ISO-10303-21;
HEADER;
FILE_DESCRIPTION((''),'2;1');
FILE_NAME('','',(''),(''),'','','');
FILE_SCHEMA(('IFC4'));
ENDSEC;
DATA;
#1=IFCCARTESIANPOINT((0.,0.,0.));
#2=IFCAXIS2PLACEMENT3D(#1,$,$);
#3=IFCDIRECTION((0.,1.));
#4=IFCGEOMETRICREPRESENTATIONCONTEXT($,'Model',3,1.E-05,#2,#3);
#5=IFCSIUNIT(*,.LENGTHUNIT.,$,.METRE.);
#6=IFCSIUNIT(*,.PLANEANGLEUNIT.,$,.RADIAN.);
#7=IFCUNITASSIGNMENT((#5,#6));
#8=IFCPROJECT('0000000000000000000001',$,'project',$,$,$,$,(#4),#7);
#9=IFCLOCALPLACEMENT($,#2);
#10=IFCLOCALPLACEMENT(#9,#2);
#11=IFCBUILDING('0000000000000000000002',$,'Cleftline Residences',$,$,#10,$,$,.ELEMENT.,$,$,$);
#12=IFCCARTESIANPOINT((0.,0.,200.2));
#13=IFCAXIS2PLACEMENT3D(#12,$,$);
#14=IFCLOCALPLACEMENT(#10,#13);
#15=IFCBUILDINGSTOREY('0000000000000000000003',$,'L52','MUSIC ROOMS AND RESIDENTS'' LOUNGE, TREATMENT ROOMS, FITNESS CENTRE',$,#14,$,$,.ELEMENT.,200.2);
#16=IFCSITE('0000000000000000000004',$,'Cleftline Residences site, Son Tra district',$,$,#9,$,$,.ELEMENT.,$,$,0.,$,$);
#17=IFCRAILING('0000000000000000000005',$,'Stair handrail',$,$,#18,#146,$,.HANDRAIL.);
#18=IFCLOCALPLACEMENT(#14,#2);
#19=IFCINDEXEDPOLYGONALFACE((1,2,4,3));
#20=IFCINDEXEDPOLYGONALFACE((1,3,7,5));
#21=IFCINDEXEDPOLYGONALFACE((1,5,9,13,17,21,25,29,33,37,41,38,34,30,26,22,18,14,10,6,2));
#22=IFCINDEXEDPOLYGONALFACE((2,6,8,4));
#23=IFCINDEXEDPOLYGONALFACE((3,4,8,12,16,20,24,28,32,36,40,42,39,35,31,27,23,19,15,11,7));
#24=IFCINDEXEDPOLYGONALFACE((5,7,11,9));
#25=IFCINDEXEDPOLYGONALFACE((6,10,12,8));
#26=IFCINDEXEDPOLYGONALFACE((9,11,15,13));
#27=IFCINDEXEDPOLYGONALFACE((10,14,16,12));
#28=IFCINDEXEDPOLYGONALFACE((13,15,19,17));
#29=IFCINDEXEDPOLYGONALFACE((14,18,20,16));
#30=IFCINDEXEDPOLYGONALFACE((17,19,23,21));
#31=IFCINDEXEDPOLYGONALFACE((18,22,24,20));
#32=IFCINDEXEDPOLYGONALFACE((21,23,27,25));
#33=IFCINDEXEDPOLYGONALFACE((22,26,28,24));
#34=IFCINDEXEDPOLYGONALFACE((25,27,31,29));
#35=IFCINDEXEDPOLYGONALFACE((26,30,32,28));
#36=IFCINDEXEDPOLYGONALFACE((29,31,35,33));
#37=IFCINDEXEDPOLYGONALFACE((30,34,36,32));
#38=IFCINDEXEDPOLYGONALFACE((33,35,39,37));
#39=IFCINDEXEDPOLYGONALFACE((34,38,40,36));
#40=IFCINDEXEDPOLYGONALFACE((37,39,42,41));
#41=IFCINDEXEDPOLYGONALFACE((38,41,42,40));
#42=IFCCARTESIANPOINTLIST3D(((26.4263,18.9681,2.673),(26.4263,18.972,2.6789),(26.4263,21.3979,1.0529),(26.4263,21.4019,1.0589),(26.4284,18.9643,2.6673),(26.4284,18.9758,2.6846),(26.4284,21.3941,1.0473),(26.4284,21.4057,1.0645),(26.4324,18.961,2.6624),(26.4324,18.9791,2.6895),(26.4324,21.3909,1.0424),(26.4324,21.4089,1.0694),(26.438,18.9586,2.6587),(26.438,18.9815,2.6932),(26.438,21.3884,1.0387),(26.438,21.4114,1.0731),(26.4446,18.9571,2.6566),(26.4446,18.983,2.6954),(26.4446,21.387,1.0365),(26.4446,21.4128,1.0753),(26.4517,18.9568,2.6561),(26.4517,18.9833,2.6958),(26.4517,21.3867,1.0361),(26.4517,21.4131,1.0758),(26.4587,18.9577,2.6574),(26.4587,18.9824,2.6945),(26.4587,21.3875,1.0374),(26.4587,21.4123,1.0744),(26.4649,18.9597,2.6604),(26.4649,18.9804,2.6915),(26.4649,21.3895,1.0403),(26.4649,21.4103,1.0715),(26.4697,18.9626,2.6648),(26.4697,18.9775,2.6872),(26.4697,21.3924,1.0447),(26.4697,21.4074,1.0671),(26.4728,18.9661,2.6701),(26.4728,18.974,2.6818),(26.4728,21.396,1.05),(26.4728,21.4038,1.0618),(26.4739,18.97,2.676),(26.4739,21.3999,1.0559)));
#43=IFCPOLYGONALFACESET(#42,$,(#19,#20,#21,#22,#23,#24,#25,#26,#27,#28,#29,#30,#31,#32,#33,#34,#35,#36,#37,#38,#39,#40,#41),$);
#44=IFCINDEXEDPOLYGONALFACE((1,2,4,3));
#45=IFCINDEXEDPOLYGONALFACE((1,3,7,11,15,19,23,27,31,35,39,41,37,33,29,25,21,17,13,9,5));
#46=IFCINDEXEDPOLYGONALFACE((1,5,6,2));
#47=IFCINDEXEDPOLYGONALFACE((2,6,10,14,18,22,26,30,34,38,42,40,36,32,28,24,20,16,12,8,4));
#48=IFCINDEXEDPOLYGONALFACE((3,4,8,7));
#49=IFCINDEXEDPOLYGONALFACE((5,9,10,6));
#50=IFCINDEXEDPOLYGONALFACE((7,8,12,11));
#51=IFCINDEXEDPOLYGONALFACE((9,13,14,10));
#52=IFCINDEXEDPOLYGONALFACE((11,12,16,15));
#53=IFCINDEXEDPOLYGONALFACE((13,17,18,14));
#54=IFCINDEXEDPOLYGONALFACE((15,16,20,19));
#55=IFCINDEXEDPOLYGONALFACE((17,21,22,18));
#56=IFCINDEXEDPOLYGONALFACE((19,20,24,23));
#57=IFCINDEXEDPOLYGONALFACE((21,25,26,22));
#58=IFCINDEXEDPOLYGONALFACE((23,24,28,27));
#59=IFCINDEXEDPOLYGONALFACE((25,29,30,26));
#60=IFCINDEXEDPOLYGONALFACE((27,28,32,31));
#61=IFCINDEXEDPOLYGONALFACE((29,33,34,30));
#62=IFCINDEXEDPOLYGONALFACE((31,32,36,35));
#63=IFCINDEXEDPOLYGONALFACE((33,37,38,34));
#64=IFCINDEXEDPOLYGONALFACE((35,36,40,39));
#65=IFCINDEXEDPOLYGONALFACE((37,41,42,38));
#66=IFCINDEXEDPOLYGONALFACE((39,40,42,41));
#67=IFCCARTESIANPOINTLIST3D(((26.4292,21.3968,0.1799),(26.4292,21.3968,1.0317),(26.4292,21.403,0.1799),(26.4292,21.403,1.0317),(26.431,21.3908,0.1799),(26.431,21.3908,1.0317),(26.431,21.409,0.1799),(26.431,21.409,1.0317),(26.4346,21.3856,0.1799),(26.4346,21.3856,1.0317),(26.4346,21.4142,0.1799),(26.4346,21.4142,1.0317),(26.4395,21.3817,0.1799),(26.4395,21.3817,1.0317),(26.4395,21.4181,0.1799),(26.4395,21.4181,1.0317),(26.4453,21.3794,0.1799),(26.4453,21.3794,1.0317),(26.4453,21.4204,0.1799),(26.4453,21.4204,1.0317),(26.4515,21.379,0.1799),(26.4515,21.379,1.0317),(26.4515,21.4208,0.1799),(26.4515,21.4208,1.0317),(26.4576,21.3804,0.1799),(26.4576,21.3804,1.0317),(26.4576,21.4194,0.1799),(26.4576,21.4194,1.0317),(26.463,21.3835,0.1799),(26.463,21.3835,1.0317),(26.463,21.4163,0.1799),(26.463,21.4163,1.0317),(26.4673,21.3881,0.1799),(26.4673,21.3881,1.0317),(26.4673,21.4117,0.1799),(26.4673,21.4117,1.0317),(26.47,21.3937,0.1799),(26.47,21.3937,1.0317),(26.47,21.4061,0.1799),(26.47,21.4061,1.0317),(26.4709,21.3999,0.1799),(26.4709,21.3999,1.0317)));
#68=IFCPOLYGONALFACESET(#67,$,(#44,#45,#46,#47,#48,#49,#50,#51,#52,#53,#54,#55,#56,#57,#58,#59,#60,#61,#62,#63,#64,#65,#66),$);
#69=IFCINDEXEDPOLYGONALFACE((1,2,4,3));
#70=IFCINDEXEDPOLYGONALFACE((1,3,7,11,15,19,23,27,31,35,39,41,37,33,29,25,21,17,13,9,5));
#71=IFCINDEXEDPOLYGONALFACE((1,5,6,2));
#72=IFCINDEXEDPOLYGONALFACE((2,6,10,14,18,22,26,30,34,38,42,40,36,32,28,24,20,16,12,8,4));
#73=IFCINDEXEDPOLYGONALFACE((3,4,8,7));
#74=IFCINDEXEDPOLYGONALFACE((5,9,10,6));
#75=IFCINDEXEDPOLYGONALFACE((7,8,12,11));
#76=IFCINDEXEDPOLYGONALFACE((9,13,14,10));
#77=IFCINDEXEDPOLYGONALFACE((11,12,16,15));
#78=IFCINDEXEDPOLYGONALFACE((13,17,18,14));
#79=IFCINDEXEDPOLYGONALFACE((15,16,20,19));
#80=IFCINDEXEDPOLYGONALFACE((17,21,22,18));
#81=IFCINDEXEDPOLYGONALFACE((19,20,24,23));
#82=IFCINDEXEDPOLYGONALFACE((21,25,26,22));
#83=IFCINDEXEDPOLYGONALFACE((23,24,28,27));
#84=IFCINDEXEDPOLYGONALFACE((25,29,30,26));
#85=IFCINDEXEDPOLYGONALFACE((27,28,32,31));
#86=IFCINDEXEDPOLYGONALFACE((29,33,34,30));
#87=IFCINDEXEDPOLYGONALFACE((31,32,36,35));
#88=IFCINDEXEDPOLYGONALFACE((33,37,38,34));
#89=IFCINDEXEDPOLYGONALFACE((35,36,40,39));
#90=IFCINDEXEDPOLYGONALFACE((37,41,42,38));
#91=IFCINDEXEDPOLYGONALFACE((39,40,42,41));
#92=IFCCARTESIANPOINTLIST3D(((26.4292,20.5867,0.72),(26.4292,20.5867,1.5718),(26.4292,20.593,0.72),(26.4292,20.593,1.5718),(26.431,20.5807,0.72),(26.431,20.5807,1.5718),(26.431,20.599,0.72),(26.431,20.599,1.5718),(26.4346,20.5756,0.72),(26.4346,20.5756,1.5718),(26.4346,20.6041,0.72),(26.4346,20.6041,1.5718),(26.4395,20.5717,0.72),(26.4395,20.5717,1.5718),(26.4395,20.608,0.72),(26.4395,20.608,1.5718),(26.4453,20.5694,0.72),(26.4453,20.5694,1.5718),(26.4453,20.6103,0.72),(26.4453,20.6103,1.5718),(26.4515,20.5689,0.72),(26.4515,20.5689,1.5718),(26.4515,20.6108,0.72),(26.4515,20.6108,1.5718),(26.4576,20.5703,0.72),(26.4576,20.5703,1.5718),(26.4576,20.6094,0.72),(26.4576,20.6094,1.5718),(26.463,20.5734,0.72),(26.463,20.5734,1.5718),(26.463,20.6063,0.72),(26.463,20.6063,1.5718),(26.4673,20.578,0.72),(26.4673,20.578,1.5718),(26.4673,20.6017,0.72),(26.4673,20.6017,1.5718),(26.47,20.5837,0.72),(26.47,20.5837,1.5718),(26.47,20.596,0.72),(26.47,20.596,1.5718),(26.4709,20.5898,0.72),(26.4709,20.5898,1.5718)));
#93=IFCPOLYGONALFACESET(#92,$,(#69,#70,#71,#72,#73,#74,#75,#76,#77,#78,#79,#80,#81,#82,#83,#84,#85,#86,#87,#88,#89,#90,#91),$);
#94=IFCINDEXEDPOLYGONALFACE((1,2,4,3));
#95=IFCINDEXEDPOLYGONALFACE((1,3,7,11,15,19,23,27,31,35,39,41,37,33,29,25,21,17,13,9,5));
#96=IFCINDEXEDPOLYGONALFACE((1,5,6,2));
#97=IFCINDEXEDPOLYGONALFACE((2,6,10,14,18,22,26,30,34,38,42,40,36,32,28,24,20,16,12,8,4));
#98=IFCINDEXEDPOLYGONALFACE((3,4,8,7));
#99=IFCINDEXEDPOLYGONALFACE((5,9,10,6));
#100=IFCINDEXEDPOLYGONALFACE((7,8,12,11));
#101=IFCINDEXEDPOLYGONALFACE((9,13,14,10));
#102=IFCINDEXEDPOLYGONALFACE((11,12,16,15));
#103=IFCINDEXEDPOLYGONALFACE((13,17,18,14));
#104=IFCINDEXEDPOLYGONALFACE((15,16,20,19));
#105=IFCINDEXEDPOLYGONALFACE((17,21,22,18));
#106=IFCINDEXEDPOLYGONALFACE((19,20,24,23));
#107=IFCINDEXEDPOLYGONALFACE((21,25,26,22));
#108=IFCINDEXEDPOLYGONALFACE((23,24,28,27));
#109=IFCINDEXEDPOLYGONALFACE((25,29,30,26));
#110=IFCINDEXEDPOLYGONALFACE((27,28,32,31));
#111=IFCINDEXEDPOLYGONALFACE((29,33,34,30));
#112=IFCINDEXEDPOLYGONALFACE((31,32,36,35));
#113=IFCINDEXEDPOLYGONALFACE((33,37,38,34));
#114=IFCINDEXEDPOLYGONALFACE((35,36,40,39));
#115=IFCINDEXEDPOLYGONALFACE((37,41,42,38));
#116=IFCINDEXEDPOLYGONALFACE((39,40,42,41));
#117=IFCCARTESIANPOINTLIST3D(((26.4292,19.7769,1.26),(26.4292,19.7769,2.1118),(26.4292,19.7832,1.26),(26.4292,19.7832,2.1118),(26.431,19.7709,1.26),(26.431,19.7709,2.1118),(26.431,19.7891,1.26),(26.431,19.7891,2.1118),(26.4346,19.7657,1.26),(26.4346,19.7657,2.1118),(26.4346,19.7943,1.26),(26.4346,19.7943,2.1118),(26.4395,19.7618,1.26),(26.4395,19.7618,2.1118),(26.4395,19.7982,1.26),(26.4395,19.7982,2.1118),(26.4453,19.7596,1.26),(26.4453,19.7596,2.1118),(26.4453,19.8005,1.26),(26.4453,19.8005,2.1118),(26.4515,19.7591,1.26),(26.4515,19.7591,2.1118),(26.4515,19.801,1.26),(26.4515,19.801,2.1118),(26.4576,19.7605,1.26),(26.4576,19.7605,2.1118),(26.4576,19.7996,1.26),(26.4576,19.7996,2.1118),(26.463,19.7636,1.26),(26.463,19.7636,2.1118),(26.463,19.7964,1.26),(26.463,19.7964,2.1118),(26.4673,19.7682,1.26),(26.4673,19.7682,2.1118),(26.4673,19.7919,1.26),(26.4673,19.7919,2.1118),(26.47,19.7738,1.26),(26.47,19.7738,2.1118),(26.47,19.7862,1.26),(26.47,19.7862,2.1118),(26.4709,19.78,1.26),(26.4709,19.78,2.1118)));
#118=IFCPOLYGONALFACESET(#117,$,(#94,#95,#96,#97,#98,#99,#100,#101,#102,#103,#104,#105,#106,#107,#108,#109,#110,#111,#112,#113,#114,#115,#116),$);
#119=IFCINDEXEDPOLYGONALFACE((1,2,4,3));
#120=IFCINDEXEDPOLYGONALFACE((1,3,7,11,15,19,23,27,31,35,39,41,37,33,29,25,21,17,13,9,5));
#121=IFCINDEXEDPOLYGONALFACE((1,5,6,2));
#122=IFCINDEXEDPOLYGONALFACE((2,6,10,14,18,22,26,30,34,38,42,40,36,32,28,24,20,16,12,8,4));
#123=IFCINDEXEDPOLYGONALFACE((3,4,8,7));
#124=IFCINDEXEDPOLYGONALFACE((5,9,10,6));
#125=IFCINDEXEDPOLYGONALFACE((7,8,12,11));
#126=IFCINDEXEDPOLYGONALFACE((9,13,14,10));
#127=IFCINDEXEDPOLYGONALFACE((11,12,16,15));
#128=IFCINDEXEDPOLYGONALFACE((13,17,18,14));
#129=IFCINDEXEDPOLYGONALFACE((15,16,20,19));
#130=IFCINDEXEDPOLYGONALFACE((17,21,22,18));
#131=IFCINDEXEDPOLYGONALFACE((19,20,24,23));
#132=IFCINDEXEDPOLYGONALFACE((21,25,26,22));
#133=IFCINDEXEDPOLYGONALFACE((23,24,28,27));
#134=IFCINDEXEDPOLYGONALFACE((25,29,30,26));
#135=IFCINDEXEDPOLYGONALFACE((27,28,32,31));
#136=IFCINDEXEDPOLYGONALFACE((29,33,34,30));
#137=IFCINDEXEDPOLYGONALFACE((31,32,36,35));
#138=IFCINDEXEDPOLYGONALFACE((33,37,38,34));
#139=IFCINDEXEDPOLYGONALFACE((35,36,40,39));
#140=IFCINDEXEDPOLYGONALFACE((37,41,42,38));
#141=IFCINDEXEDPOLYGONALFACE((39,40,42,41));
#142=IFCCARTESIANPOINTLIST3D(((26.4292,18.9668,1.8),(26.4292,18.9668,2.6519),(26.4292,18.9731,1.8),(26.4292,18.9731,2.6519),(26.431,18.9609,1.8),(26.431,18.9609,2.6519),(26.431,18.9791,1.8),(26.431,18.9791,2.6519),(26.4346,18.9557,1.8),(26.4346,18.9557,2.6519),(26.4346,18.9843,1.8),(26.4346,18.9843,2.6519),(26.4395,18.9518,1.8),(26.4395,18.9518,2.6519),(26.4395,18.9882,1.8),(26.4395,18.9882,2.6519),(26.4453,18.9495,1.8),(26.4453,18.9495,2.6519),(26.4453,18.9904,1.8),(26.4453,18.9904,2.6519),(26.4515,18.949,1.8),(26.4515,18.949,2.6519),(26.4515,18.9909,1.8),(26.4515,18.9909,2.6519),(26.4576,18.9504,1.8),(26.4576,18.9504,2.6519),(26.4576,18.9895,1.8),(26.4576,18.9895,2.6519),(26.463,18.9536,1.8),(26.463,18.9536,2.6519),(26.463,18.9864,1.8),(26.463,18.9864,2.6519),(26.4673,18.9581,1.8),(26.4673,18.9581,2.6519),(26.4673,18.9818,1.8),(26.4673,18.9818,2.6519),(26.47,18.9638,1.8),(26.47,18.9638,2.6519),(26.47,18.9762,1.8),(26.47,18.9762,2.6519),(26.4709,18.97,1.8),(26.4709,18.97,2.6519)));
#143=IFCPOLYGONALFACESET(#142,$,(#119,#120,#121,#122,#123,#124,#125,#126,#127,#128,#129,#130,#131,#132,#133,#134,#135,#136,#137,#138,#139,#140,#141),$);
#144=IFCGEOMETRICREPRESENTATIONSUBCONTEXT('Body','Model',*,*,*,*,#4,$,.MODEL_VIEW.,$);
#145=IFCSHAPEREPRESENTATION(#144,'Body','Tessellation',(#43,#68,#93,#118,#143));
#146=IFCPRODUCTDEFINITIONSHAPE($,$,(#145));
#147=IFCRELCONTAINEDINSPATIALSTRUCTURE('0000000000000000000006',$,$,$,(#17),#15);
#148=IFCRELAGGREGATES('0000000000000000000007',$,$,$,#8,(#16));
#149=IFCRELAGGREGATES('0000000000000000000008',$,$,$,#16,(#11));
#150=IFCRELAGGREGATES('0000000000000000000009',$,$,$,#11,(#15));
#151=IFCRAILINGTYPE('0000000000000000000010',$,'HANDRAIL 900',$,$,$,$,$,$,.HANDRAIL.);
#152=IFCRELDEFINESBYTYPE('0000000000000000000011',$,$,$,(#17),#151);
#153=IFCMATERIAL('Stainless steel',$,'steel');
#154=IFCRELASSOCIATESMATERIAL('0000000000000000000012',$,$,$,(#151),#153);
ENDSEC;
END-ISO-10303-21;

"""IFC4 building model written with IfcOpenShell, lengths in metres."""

from ifc_helpers import new_model, si_unit, direction, frame, origin, origin_2d, place, context, subcontext, project, spatial, circle, extrude, material, type_object, element, save


model = new_model("IFC4")

# Units and contexts
model_context = context("Model", 3, precision=1e-05, world=origin(), true_north=direction((0.0, 1.0)))
body_context = subcontext(model_context, "Body", "Model", "MODEL_VIEW")
ifc_project = project(units=[si_unit("LENGTHUNIT", "METRE"), si_unit("PLANEANGLEUNIT", "RADIAN")], contexts=[model_context])

# Site, building, storey
site_placement = place(None, origin())
site = spatial("IfcSite", under=ifc_project, at=site_placement, Name="Cleftline Residences site, Son Tra district", CompositionType="ELEMENT", RefElevation=0.0)
building_placement = place(site_placement, origin())
building = spatial("IfcBuilding", under=site, at=building_placement, Name="Cleftline Residences", CompositionType="ELEMENT")
storey_placement = place(building_placement, frame((0.0, 0.0, 200.2)))
storey = spatial("IfcBuildingStorey", under=building, at=storey_placement, Name="L52", Description="MUSIC ROOMS AND RESIDENTS' LOUNGE, TREATMENT ROOMS, FITNESS CENTRE", CompositionType="ELEMENT", Elevation=200.2)

# Railing
ifc_material_1 = material(Name="Stainless steel", Category="steel")
railing_type = type_object("IfcRailingType", Name="HANDRAIL 900", PredefinedType="HANDRAIL", material=ifc_material_1)
railing_1_placement = place(storey_placement, frame((26.45, 21.3999, 0.1799)))
element("IfcRailing", 1, at=railing_1_placement, inside=storey, type_object=railing_type, Name="Stair handrail", PredefinedType="HANDRAIL", context=body_context, shape_type="SweptSolid", body=[
    extrude(circle(Radius=0.0239, at=origin_2d()), frame((0.0, 0.0, 0.876), z_axis=(0.0, -0.832025, 0.554739), x_axis=(1.0, 0.0, 0.0)), (0.0, 0.0, 1.0), 2.9204),
    extrude(circle(Radius=0.021, at=origin_2d()), origin(), (0.0, 0.0, 1.0), 0.8518),
    extrude(circle(Radius=0.021, at=origin_2d()), frame((0.0, -0.8101, 0.54)), (0.0, 0.0, 1.0), 0.8518),
    extrude(circle(Radius=0.021, at=origin_2d()), frame((0.0, -1.6199, 1.0801)), (0.0, 0.0, 1.0), 0.8518),
    extrude(circle(Radius=0.021, at=origin_2d()), frame((0.0, -2.4299, 1.6201)), (0.0, 0.0, 1.0), 0.8518),
])

save(model, "model.ifc")
